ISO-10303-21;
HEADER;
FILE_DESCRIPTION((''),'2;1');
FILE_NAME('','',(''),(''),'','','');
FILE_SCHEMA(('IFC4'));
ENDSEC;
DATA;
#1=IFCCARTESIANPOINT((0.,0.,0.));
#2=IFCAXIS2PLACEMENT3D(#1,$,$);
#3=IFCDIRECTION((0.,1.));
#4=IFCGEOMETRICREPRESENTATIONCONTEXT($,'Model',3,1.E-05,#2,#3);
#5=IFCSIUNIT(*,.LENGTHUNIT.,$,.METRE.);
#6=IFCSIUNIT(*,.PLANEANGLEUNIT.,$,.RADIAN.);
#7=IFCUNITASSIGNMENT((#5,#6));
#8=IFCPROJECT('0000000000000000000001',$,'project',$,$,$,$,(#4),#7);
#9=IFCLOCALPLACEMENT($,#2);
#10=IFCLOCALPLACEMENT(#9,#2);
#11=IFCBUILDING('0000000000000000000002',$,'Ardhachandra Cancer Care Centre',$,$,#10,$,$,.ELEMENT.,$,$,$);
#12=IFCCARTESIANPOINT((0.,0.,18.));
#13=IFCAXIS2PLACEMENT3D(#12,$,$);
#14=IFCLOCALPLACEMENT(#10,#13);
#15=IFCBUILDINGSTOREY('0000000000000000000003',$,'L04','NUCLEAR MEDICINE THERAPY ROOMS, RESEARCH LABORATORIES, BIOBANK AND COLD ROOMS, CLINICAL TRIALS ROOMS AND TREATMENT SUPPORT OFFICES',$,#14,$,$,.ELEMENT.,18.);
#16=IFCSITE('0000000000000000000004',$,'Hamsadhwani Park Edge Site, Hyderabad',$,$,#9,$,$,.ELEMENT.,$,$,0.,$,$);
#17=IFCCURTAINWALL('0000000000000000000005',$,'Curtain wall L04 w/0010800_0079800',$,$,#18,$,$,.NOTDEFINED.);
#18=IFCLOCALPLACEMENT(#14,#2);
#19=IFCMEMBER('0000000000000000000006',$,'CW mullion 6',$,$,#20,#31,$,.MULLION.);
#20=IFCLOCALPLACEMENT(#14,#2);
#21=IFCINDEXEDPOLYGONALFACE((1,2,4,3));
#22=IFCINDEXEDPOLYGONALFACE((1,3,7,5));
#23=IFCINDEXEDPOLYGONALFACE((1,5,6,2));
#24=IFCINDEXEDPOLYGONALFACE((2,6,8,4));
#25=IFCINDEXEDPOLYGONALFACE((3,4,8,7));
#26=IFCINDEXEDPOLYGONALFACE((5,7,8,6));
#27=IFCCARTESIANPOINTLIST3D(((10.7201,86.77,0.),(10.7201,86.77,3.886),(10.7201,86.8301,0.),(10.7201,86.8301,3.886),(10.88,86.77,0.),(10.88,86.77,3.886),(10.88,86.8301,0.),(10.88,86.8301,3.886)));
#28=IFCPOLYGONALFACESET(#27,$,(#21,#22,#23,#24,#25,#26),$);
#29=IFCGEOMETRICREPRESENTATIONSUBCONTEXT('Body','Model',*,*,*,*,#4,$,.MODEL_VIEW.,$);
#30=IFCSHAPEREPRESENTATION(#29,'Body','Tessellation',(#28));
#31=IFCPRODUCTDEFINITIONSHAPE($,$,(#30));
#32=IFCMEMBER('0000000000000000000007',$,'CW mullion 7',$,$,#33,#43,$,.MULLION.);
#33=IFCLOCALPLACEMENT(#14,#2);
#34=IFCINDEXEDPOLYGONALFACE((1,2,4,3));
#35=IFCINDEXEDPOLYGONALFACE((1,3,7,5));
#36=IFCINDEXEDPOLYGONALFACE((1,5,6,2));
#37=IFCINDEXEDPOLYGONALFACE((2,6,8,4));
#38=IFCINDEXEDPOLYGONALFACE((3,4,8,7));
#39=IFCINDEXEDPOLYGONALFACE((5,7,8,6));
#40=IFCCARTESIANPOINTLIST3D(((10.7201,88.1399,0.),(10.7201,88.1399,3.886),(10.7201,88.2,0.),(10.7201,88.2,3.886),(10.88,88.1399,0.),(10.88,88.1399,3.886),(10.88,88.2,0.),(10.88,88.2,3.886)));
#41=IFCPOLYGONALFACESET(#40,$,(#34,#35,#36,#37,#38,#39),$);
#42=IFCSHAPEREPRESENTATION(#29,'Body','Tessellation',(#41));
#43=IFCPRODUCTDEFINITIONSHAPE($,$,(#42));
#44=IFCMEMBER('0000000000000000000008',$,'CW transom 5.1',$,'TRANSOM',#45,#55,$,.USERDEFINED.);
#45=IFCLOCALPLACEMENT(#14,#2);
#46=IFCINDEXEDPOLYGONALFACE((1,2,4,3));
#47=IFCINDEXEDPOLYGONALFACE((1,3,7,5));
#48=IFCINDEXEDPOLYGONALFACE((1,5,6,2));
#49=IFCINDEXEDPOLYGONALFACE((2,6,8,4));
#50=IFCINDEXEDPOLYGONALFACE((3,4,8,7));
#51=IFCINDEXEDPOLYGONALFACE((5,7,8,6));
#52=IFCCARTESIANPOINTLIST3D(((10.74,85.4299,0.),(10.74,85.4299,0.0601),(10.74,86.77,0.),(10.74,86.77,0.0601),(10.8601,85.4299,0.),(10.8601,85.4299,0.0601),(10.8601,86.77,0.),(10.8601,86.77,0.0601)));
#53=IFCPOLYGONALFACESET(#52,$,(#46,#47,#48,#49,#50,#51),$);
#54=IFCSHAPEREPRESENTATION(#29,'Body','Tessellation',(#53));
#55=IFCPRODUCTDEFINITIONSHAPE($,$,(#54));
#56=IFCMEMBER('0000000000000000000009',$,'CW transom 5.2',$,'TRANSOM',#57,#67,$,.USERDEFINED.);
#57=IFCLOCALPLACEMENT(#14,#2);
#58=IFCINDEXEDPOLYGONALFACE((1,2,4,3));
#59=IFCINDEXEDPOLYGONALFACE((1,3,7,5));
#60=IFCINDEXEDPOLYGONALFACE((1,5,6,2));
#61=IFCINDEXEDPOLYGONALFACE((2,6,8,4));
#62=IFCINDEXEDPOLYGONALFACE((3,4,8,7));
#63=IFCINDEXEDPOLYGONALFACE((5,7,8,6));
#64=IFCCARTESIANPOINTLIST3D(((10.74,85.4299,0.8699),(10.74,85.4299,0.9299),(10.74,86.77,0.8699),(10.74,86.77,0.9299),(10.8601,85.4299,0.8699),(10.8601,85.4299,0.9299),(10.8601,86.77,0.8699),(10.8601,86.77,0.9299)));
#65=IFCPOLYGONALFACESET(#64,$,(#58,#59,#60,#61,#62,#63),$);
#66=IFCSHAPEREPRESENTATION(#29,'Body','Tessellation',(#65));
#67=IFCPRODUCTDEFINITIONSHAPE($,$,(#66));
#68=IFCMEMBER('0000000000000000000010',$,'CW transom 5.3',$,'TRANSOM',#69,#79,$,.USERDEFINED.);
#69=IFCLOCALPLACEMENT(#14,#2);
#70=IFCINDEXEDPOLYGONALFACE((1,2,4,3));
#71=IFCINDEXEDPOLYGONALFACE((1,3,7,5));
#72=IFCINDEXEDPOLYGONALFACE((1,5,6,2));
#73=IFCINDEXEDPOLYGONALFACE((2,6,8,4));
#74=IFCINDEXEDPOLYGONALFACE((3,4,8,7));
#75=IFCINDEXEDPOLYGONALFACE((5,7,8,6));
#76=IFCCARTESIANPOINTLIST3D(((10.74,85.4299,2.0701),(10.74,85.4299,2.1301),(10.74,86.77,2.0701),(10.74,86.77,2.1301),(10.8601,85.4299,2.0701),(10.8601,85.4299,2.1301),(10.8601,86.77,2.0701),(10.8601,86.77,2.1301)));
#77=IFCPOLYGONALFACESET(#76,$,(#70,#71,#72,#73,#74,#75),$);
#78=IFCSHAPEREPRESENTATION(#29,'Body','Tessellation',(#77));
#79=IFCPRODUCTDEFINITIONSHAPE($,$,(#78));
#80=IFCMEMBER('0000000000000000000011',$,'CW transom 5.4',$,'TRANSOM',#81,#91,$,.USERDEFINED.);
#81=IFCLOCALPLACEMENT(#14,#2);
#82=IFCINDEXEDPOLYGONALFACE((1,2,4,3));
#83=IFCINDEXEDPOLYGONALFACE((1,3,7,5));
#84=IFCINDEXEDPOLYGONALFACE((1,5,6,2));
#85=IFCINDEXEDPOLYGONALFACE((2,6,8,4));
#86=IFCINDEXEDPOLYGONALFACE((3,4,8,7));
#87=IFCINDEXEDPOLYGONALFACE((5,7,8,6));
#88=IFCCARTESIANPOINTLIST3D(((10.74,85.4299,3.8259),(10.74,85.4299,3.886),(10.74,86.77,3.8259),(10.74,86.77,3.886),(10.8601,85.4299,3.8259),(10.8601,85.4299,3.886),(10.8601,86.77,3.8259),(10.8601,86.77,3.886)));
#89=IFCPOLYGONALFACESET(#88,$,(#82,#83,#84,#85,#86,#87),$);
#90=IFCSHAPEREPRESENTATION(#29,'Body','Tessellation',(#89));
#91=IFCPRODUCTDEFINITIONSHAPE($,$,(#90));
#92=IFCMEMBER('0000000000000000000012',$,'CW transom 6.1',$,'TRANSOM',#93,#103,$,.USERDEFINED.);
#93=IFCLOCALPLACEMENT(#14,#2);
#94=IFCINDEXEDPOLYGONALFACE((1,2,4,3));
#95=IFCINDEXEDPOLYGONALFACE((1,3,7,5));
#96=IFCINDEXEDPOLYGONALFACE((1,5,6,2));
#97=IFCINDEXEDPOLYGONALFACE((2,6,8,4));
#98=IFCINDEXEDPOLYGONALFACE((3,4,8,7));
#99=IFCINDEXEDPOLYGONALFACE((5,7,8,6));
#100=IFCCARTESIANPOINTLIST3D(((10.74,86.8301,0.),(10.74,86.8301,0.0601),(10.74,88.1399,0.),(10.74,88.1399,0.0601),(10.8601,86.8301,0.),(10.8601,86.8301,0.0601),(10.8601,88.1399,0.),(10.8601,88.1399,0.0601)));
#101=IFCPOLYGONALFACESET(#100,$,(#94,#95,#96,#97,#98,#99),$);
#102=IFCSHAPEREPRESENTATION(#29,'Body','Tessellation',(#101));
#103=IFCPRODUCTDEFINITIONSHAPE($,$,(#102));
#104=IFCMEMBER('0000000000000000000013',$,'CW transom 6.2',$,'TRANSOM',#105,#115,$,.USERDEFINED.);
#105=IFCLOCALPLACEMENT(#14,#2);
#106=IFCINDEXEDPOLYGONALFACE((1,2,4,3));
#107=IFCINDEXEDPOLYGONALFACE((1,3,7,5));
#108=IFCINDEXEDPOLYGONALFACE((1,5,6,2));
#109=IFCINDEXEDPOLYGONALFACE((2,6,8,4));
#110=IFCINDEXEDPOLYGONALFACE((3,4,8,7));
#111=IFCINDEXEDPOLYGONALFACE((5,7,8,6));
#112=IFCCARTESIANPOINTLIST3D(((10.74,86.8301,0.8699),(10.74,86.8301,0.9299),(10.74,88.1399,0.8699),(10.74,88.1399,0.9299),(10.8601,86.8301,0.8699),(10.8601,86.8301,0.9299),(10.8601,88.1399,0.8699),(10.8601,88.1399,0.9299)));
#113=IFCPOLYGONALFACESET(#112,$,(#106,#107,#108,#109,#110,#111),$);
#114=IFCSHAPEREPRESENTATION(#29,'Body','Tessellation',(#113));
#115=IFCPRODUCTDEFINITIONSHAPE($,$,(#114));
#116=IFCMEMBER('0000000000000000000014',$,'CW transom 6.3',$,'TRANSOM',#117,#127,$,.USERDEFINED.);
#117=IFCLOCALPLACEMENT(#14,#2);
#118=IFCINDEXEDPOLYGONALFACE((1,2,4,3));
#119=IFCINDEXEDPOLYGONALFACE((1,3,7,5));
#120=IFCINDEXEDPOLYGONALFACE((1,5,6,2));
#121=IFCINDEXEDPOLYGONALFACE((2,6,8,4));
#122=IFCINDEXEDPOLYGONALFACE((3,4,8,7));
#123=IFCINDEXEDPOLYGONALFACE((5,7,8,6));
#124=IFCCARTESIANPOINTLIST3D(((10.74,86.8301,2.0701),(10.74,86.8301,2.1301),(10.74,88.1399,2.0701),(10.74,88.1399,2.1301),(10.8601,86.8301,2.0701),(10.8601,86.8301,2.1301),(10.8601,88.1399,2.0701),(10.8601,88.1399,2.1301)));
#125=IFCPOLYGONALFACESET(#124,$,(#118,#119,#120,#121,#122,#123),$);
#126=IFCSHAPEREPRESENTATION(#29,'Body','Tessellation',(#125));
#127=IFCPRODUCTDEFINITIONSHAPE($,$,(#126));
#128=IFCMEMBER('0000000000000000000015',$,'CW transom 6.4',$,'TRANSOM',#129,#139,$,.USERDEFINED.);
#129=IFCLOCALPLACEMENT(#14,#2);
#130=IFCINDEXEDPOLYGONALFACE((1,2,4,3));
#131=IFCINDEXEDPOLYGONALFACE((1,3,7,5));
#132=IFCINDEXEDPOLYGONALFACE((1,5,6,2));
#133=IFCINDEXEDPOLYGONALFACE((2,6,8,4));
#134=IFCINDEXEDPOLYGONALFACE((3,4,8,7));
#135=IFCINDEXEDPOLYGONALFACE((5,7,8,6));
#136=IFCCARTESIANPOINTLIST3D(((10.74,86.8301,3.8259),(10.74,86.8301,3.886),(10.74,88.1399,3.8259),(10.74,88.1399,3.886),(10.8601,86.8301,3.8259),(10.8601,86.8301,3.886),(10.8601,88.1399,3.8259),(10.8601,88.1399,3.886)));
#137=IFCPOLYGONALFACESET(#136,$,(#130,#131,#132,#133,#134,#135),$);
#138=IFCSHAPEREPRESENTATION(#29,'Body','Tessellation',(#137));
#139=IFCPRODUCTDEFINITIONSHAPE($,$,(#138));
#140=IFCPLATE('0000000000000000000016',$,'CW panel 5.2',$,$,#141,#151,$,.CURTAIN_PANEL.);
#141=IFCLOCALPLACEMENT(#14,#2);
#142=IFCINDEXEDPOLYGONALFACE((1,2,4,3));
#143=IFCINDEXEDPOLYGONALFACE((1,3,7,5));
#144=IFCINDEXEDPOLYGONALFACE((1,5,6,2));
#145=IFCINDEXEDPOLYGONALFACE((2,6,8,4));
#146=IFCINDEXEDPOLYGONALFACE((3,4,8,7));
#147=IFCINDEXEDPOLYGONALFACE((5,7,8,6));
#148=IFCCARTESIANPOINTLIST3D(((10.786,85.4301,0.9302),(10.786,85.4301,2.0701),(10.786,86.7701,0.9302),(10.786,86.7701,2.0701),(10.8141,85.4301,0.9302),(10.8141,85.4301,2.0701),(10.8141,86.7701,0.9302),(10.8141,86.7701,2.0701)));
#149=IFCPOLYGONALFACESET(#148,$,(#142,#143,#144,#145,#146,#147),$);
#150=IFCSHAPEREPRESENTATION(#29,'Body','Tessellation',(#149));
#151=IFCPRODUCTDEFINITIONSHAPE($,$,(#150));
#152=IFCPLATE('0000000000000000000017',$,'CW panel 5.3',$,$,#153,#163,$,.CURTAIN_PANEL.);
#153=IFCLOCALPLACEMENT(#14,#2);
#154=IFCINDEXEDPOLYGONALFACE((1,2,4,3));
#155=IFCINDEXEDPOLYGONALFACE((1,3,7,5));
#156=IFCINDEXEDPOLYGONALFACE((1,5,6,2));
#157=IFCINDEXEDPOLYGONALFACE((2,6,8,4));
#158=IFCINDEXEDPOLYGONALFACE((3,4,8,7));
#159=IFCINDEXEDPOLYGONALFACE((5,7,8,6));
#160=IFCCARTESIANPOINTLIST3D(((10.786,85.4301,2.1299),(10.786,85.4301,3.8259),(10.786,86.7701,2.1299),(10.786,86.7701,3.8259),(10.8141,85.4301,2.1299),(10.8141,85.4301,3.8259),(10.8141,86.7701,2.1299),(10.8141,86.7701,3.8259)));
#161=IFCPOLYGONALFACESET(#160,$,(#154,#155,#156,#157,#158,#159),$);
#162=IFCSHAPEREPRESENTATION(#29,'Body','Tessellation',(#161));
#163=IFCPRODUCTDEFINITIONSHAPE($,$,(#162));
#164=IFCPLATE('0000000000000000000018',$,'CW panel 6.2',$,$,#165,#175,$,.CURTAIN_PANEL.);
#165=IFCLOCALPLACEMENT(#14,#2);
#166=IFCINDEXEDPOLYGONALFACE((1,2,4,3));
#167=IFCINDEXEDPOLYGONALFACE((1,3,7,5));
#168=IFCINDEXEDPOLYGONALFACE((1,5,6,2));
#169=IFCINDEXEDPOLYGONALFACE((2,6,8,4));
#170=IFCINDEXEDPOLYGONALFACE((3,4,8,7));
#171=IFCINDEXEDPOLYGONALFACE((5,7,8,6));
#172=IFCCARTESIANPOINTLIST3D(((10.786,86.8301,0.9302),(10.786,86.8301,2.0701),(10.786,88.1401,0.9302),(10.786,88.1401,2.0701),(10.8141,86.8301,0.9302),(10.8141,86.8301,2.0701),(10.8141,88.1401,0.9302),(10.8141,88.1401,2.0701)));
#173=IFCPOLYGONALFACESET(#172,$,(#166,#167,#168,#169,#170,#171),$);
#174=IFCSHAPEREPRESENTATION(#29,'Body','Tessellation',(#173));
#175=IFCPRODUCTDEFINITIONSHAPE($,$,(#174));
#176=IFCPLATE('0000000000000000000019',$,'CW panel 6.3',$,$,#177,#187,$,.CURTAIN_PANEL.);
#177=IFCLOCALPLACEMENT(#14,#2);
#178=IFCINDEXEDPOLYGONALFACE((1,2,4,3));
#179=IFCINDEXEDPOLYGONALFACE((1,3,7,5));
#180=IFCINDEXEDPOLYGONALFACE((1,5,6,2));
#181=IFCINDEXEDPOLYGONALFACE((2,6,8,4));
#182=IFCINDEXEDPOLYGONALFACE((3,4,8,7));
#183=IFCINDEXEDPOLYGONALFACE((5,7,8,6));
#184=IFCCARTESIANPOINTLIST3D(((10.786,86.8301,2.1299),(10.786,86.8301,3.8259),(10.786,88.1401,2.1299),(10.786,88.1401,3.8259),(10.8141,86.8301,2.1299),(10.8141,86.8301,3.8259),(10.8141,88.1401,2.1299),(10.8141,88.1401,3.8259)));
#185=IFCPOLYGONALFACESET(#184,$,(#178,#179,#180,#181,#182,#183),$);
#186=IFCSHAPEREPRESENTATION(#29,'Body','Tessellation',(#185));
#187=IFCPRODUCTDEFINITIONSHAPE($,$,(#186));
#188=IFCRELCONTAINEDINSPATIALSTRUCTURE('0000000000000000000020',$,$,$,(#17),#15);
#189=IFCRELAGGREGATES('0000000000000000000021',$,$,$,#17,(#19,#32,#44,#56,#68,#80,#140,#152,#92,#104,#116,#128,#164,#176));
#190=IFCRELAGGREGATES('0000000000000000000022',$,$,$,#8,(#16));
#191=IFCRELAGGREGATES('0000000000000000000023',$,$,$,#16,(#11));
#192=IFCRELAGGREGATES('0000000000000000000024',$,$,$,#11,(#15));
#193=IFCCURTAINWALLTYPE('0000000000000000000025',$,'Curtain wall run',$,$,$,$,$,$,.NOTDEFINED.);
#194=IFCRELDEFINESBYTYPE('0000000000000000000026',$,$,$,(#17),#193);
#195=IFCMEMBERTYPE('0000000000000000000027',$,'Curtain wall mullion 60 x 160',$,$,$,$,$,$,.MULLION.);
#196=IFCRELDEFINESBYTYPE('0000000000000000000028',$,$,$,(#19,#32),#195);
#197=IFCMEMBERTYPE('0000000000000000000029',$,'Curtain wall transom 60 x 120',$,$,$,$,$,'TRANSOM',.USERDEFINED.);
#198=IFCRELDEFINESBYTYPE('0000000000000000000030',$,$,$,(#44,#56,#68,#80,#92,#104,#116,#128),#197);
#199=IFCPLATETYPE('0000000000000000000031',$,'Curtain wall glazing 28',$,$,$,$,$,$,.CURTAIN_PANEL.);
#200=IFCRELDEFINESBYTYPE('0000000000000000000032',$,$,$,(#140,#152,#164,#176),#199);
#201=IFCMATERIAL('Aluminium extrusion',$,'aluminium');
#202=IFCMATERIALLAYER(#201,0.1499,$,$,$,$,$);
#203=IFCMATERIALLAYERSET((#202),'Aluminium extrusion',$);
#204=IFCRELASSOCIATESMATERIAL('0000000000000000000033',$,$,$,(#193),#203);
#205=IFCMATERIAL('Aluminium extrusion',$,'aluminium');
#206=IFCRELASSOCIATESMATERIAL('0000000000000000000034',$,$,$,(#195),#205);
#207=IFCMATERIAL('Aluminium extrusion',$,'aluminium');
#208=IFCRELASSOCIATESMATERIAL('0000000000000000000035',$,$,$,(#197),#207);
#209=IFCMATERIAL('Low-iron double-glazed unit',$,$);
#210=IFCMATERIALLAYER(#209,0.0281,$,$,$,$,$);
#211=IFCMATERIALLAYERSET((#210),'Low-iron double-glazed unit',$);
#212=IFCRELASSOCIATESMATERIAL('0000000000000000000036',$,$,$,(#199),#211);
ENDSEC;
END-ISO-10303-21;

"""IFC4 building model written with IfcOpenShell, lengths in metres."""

from ifc_helpers import new_model, si_unit, direction, frame, origin, origin_2d, place, context, subcontext, project, spatial, rectangle, extrude, material, layer, layer_set, material_profile, profile_set, type_object, element, aggregate, save


model = new_model("IFC4")

# Units and contexts
model_context = context("Model", 3, precision=1e-05, world=origin(), true_north=direction((0.0, 1.0)))
body_context = subcontext(model_context, "Body", "Model", "MODEL_VIEW")
ifc_project = project(units=[si_unit("LENGTHUNIT", "METRE"), si_unit("PLANEANGLEUNIT", "RADIAN")], contexts=[model_context])

# Site, building, storey
site_placement = place(None, origin())
site = spatial("IfcSite", under=ifc_project, at=site_placement, Name="Hamsadhwani Park Edge Site, Hyderabad", CompositionType="ELEMENT", RefElevation=0.0)
building_placement = place(site_placement, origin())
building = spatial("IfcBuilding", under=site, at=building_placement, Name="Ardhachandra Cancer Care Centre", CompositionType="ELEMENT")
storey_placement = place(building_placement, frame((0.0, 0.0, 18.0)))
storey = spatial("IfcBuildingStorey", under=building, at=storey_placement, Name="L04", Description="NUCLEAR MEDICINE THERAPY ROOMS, RESEARCH LABORATORIES, BIOBANK AND COLD ROOMS, CLINICAL TRIALS ROOMS AND TREATMENT SUPPORT OFFICES", CompositionType="ELEMENT", Elevation=18.0)

# Curtain wall, members, plates
ifc_material_1 = material(Name="Aluminium extrusion", Category="aluminium")
ifc_layer_1 = layer(ifc_material_1, 0.1499)
ifc_layer_set_1 = layer_set([ifc_layer_1], Name="Aluminium extrusion")
curtain_wall_type = type_object("IfcCurtainWallType", Name="Curtain wall run", PredefinedType="NOTDEFINED", material=ifc_layer_set_1)
curtain_wall_placement = place(storey_placement, origin())
curtain_wall = element("IfcCurtainWall", 1, at=curtain_wall_placement, inside=storey, type_object=curtain_wall_type, Name="Curtain wall L04 w/0010800_0079800", PredefinedType="NOTDEFINED")
ifc_material_2 = material(Name="Aluminium extrusion", Category="aluminium")
ifc_material_profile_1 = material_profile(ifc_material_2, rectangle(XDim=0.1599, YDim=0.0601, at=origin_2d()), Name="Curtain wall mullion 60 x 160")
ifc_profile_set_1 = profile_set([ifc_material_profile_1], Name="Aluminium extrusion")
member_type_1 = type_object("IfcMemberType", Name="Curtain wall mullion 60 x 160", PredefinedType="MULLION", material=ifc_profile_set_1)
member_1_placement = place(storey_placement, frame((10.8, 86.8, 0.0), z_axis=(0.0, 0.0, 1.0), x_axis=(-1.0, 0.0, 0.0)))
member_1 = element("IfcMember", 2, at=member_1_placement, type_object=member_type_1, Name="CW mullion 6", PredefinedType="MULLION", context=body_context, shape_type="SweptSolid", body=[
    extrude(rectangle(XDim=0.1599, YDim=0.0601, at=origin_2d()), origin(), (0.0, 0.0, 1.0), 3.886),
])
member_2_placement = place(storey_placement, frame((10.8, 88.1699, 0.0), z_axis=(0.0, 0.0, 1.0), x_axis=(-1.0, 0.0, 0.0)))
member_2 = element("IfcMember", 3, at=member_2_placement, type_object=member_type_1, Name="CW mullion 7", PredefinedType="MULLION", context=body_context, shape_type="SweptSolid", body=[
    extrude(rectangle(XDim=0.1599, YDim=0.0601, at=origin_2d()), origin(), (0.0, 0.0, 1.0), 3.886),
])
ifc_material_3 = material(Name="Aluminium extrusion", Category="aluminium")
ifc_material_profile_2 = material_profile(ifc_material_3, rectangle(XDim=0.1201, YDim=0.0601, at=origin_2d()), Name="Curtain wall transom 60 x 120")
ifc_profile_set_2 = profile_set([ifc_material_profile_2], Name="Aluminium extrusion")
member_type_2 = type_object("IfcMemberType", Name="Curtain wall transom 60 x 120", ElementType="TRANSOM", PredefinedType="USERDEFINED", material=ifc_profile_set_2)
member_3_placement = place(storey_placement, frame((10.8, 85.4299, 0.03), z_axis=(0.0, 1.0, 0.0), x_axis=(-1.0, 0.0, 0.0)))
member_3 = element("IfcMember", 4, at=member_3_placement, type_object=member_type_2, Name="CW transom 5.1", ObjectType="TRANSOM", PredefinedType="USERDEFINED", context=body_context, shape_type="SweptSolid", body=[
    extrude(rectangle(XDim=0.1201, YDim=0.0601, at=origin_2d()), origin(), (0.0, 0.0, 1.0), 1.3401),
])
member_4_placement = place(storey_placement, frame((10.8, 85.4299, 0.8999), z_axis=(0.0, 1.0, 0.0), x_axis=(-1.0, 0.0, 0.0)))
member_4 = element("IfcMember", 5, at=member_4_placement, type_object=member_type_2, Name="CW transom 5.2", ObjectType="TRANSOM", PredefinedType="USERDEFINED", context=body_context, shape_type="SweptSolid", body=[
    extrude(rectangle(XDim=0.1201, YDim=0.0601, at=origin_2d()), origin(), (0.0, 0.0, 1.0), 1.3401),
])
member_5_placement = place(storey_placement, frame((10.8, 85.4299, 2.1001), z_axis=(0.0, 1.0, 0.0), x_axis=(-1.0, 0.0, 0.0)))
member_5 = element("IfcMember", 6, at=member_5_placement, type_object=member_type_2, Name="CW transom 5.3", ObjectType="TRANSOM", PredefinedType="USERDEFINED", context=body_context, shape_type="SweptSolid", body=[
    extrude(rectangle(XDim=0.1201, YDim=0.0601, at=origin_2d()), origin(), (0.0, 0.0, 1.0), 1.3401),
])
member_6_placement = place(storey_placement, frame((10.8, 85.4299, 3.856), z_axis=(0.0, 1.0, 0.0), x_axis=(-1.0, 0.0, 0.0)))
member_6 = element("IfcMember", 7, at=member_6_placement, type_object=member_type_2, Name="CW transom 5.4", ObjectType="TRANSOM", PredefinedType="USERDEFINED", context=body_context, shape_type="SweptSolid", body=[
    extrude(rectangle(XDim=0.1201, YDim=0.0601, at=origin_2d()), origin(), (0.0, 0.0, 1.0), 1.3401),
])
member_7_placement = place(storey_placement, frame((10.8, 86.8301, 0.03), z_axis=(0.0, 1.0, 0.0), x_axis=(-1.0, 0.0, 0.0)))
member_7 = element("IfcMember", 8, at=member_7_placement, type_object=member_type_2, Name="CW transom 6.1", ObjectType="TRANSOM", PredefinedType="USERDEFINED", context=body_context, shape_type="SweptSolid", body=[
    extrude(rectangle(XDim=0.1201, YDim=0.0601, at=origin_2d()), origin(), (0.0, 0.0, 1.0), 1.3098),
])
member_8_placement = place(storey_placement, frame((10.8, 86.8301, 0.8999), z_axis=(0.0, 1.0, 0.0), x_axis=(-1.0, 0.0, 0.0)))
member_8 = element("IfcMember", 9, at=member_8_placement, type_object=member_type_2, Name="CW transom 6.2", ObjectType="TRANSOM", PredefinedType="USERDEFINED", context=body_context, shape_type="SweptSolid", body=[
    extrude(rectangle(XDim=0.1201, YDim=0.0601, at=origin_2d()), origin(), (0.0, 0.0, 1.0), 1.3098),
])
member_9_placement = place(storey_placement, frame((10.8, 86.8301, 2.1001), z_axis=(0.0, 1.0, 0.0), x_axis=(-1.0, 0.0, 0.0)))
member_9 = element("IfcMember", 10, at=member_9_placement, type_object=member_type_2, Name="CW transom 6.3", ObjectType="TRANSOM", PredefinedType="USERDEFINED", context=body_context, shape_type="SweptSolid", body=[
    extrude(rectangle(XDim=0.1201, YDim=0.0601, at=origin_2d()), origin(), (0.0, 0.0, 1.0), 1.3098),
])
member_10_placement = place(storey_placement, frame((10.8, 86.8301, 3.856), z_axis=(0.0, 1.0, 0.0), x_axis=(-1.0, 0.0, 0.0)))
member_10 = element("IfcMember", 11, at=member_10_placement, type_object=member_type_2, Name="CW transom 6.4", ObjectType="TRANSOM", PredefinedType="USERDEFINED", context=body_context, shape_type="SweptSolid", body=[
    extrude(rectangle(XDim=0.1201, YDim=0.0601, at=origin_2d()), origin(), (0.0, 0.0, 1.0), 1.3098),
])
ifc_material_4 = material(Name="Low-iron double-glazed unit")
ifc_layer_2 = layer(ifc_material_4, 0.0281)
ifc_layer_set_2 = layer_set([ifc_layer_2], Name="Low-iron double-glazed unit")
plate_type_1 = type_object("IfcPlateType", Name="Curtain wall glazing 28", PredefinedType="CURTAIN_PANEL", material=ifc_layer_set_2)
plate_1_placement = place(storey_placement, frame((10.8, 86.1001, 0.9302), z_axis=(0.0, 0.0, 1.0), x_axis=(0.0, 1.0, 0.0)))
plate_1 = element("IfcPlate", 12, at=plate_1_placement, type_object=plate_type_1, Name="CW panel 5.2", PredefinedType="CURTAIN_PANEL", context=body_context, shape_type="SweptSolid", body=[
    extrude(rectangle(XDim=1.3401, YDim=0.0281, at=origin_2d()), origin(), (0.0, 0.0, 1.0), 1.1399),
])
plate_2_placement = place(storey_placement, frame((10.8, 86.1001, 2.1299), z_axis=(0.0, 0.0, 1.0), x_axis=(0.0, 1.0, 0.0)))
plate_2 = element("IfcPlate", 13, at=plate_2_placement, type_object=plate_type_1, Name="CW panel 5.3", PredefinedType="CURTAIN_PANEL", context=body_context, shape_type="SweptSolid", body=[
    extrude(rectangle(XDim=1.3401, YDim=0.0281, at=origin_2d()), origin(), (0.0, 0.0, 1.0), 1.696),
])
plate_3_placement = place(storey_placement, frame((10.8, 87.4851, 0.9302), z_axis=(0.0, 0.0, 1.0), x_axis=(0.0, 1.0, 0.0)))
plate_3 = element("IfcPlate", 14, at=plate_3_placement, type_object=plate_type_1, Name="CW panel 6.2", PredefinedType="CURTAIN_PANEL", context=body_context, shape_type="SweptSolid", body=[
    extrude(rectangle(XDim=1.3101, YDim=0.0281, at=origin_2d()), origin(), (0.0, 0.0, 1.0), 1.1399),
])
plate_4_placement = place(storey_placement, frame((10.8, 87.4851, 2.1299), z_axis=(0.0, 0.0, 1.0), x_axis=(0.0, 1.0, 0.0)))
plate_4 = element("IfcPlate", 15, at=plate_4_placement, type_object=plate_type_1, Name="CW panel 6.3", PredefinedType="CURTAIN_PANEL", context=body_context, shape_type="SweptSolid", body=[
    extrude(rectangle(XDim=1.3101, YDim=0.0281, at=origin_2d()), origin(), (0.0, 0.0, 1.0), 1.696),
])
aggregate(curtain_wall, [member_1, member_2, member_3, member_4, member_5, member_6, plate_1, plate_2, member_7, member_8, member_9, member_10, plate_3, plate_4])

save(model, "model.ifc")
